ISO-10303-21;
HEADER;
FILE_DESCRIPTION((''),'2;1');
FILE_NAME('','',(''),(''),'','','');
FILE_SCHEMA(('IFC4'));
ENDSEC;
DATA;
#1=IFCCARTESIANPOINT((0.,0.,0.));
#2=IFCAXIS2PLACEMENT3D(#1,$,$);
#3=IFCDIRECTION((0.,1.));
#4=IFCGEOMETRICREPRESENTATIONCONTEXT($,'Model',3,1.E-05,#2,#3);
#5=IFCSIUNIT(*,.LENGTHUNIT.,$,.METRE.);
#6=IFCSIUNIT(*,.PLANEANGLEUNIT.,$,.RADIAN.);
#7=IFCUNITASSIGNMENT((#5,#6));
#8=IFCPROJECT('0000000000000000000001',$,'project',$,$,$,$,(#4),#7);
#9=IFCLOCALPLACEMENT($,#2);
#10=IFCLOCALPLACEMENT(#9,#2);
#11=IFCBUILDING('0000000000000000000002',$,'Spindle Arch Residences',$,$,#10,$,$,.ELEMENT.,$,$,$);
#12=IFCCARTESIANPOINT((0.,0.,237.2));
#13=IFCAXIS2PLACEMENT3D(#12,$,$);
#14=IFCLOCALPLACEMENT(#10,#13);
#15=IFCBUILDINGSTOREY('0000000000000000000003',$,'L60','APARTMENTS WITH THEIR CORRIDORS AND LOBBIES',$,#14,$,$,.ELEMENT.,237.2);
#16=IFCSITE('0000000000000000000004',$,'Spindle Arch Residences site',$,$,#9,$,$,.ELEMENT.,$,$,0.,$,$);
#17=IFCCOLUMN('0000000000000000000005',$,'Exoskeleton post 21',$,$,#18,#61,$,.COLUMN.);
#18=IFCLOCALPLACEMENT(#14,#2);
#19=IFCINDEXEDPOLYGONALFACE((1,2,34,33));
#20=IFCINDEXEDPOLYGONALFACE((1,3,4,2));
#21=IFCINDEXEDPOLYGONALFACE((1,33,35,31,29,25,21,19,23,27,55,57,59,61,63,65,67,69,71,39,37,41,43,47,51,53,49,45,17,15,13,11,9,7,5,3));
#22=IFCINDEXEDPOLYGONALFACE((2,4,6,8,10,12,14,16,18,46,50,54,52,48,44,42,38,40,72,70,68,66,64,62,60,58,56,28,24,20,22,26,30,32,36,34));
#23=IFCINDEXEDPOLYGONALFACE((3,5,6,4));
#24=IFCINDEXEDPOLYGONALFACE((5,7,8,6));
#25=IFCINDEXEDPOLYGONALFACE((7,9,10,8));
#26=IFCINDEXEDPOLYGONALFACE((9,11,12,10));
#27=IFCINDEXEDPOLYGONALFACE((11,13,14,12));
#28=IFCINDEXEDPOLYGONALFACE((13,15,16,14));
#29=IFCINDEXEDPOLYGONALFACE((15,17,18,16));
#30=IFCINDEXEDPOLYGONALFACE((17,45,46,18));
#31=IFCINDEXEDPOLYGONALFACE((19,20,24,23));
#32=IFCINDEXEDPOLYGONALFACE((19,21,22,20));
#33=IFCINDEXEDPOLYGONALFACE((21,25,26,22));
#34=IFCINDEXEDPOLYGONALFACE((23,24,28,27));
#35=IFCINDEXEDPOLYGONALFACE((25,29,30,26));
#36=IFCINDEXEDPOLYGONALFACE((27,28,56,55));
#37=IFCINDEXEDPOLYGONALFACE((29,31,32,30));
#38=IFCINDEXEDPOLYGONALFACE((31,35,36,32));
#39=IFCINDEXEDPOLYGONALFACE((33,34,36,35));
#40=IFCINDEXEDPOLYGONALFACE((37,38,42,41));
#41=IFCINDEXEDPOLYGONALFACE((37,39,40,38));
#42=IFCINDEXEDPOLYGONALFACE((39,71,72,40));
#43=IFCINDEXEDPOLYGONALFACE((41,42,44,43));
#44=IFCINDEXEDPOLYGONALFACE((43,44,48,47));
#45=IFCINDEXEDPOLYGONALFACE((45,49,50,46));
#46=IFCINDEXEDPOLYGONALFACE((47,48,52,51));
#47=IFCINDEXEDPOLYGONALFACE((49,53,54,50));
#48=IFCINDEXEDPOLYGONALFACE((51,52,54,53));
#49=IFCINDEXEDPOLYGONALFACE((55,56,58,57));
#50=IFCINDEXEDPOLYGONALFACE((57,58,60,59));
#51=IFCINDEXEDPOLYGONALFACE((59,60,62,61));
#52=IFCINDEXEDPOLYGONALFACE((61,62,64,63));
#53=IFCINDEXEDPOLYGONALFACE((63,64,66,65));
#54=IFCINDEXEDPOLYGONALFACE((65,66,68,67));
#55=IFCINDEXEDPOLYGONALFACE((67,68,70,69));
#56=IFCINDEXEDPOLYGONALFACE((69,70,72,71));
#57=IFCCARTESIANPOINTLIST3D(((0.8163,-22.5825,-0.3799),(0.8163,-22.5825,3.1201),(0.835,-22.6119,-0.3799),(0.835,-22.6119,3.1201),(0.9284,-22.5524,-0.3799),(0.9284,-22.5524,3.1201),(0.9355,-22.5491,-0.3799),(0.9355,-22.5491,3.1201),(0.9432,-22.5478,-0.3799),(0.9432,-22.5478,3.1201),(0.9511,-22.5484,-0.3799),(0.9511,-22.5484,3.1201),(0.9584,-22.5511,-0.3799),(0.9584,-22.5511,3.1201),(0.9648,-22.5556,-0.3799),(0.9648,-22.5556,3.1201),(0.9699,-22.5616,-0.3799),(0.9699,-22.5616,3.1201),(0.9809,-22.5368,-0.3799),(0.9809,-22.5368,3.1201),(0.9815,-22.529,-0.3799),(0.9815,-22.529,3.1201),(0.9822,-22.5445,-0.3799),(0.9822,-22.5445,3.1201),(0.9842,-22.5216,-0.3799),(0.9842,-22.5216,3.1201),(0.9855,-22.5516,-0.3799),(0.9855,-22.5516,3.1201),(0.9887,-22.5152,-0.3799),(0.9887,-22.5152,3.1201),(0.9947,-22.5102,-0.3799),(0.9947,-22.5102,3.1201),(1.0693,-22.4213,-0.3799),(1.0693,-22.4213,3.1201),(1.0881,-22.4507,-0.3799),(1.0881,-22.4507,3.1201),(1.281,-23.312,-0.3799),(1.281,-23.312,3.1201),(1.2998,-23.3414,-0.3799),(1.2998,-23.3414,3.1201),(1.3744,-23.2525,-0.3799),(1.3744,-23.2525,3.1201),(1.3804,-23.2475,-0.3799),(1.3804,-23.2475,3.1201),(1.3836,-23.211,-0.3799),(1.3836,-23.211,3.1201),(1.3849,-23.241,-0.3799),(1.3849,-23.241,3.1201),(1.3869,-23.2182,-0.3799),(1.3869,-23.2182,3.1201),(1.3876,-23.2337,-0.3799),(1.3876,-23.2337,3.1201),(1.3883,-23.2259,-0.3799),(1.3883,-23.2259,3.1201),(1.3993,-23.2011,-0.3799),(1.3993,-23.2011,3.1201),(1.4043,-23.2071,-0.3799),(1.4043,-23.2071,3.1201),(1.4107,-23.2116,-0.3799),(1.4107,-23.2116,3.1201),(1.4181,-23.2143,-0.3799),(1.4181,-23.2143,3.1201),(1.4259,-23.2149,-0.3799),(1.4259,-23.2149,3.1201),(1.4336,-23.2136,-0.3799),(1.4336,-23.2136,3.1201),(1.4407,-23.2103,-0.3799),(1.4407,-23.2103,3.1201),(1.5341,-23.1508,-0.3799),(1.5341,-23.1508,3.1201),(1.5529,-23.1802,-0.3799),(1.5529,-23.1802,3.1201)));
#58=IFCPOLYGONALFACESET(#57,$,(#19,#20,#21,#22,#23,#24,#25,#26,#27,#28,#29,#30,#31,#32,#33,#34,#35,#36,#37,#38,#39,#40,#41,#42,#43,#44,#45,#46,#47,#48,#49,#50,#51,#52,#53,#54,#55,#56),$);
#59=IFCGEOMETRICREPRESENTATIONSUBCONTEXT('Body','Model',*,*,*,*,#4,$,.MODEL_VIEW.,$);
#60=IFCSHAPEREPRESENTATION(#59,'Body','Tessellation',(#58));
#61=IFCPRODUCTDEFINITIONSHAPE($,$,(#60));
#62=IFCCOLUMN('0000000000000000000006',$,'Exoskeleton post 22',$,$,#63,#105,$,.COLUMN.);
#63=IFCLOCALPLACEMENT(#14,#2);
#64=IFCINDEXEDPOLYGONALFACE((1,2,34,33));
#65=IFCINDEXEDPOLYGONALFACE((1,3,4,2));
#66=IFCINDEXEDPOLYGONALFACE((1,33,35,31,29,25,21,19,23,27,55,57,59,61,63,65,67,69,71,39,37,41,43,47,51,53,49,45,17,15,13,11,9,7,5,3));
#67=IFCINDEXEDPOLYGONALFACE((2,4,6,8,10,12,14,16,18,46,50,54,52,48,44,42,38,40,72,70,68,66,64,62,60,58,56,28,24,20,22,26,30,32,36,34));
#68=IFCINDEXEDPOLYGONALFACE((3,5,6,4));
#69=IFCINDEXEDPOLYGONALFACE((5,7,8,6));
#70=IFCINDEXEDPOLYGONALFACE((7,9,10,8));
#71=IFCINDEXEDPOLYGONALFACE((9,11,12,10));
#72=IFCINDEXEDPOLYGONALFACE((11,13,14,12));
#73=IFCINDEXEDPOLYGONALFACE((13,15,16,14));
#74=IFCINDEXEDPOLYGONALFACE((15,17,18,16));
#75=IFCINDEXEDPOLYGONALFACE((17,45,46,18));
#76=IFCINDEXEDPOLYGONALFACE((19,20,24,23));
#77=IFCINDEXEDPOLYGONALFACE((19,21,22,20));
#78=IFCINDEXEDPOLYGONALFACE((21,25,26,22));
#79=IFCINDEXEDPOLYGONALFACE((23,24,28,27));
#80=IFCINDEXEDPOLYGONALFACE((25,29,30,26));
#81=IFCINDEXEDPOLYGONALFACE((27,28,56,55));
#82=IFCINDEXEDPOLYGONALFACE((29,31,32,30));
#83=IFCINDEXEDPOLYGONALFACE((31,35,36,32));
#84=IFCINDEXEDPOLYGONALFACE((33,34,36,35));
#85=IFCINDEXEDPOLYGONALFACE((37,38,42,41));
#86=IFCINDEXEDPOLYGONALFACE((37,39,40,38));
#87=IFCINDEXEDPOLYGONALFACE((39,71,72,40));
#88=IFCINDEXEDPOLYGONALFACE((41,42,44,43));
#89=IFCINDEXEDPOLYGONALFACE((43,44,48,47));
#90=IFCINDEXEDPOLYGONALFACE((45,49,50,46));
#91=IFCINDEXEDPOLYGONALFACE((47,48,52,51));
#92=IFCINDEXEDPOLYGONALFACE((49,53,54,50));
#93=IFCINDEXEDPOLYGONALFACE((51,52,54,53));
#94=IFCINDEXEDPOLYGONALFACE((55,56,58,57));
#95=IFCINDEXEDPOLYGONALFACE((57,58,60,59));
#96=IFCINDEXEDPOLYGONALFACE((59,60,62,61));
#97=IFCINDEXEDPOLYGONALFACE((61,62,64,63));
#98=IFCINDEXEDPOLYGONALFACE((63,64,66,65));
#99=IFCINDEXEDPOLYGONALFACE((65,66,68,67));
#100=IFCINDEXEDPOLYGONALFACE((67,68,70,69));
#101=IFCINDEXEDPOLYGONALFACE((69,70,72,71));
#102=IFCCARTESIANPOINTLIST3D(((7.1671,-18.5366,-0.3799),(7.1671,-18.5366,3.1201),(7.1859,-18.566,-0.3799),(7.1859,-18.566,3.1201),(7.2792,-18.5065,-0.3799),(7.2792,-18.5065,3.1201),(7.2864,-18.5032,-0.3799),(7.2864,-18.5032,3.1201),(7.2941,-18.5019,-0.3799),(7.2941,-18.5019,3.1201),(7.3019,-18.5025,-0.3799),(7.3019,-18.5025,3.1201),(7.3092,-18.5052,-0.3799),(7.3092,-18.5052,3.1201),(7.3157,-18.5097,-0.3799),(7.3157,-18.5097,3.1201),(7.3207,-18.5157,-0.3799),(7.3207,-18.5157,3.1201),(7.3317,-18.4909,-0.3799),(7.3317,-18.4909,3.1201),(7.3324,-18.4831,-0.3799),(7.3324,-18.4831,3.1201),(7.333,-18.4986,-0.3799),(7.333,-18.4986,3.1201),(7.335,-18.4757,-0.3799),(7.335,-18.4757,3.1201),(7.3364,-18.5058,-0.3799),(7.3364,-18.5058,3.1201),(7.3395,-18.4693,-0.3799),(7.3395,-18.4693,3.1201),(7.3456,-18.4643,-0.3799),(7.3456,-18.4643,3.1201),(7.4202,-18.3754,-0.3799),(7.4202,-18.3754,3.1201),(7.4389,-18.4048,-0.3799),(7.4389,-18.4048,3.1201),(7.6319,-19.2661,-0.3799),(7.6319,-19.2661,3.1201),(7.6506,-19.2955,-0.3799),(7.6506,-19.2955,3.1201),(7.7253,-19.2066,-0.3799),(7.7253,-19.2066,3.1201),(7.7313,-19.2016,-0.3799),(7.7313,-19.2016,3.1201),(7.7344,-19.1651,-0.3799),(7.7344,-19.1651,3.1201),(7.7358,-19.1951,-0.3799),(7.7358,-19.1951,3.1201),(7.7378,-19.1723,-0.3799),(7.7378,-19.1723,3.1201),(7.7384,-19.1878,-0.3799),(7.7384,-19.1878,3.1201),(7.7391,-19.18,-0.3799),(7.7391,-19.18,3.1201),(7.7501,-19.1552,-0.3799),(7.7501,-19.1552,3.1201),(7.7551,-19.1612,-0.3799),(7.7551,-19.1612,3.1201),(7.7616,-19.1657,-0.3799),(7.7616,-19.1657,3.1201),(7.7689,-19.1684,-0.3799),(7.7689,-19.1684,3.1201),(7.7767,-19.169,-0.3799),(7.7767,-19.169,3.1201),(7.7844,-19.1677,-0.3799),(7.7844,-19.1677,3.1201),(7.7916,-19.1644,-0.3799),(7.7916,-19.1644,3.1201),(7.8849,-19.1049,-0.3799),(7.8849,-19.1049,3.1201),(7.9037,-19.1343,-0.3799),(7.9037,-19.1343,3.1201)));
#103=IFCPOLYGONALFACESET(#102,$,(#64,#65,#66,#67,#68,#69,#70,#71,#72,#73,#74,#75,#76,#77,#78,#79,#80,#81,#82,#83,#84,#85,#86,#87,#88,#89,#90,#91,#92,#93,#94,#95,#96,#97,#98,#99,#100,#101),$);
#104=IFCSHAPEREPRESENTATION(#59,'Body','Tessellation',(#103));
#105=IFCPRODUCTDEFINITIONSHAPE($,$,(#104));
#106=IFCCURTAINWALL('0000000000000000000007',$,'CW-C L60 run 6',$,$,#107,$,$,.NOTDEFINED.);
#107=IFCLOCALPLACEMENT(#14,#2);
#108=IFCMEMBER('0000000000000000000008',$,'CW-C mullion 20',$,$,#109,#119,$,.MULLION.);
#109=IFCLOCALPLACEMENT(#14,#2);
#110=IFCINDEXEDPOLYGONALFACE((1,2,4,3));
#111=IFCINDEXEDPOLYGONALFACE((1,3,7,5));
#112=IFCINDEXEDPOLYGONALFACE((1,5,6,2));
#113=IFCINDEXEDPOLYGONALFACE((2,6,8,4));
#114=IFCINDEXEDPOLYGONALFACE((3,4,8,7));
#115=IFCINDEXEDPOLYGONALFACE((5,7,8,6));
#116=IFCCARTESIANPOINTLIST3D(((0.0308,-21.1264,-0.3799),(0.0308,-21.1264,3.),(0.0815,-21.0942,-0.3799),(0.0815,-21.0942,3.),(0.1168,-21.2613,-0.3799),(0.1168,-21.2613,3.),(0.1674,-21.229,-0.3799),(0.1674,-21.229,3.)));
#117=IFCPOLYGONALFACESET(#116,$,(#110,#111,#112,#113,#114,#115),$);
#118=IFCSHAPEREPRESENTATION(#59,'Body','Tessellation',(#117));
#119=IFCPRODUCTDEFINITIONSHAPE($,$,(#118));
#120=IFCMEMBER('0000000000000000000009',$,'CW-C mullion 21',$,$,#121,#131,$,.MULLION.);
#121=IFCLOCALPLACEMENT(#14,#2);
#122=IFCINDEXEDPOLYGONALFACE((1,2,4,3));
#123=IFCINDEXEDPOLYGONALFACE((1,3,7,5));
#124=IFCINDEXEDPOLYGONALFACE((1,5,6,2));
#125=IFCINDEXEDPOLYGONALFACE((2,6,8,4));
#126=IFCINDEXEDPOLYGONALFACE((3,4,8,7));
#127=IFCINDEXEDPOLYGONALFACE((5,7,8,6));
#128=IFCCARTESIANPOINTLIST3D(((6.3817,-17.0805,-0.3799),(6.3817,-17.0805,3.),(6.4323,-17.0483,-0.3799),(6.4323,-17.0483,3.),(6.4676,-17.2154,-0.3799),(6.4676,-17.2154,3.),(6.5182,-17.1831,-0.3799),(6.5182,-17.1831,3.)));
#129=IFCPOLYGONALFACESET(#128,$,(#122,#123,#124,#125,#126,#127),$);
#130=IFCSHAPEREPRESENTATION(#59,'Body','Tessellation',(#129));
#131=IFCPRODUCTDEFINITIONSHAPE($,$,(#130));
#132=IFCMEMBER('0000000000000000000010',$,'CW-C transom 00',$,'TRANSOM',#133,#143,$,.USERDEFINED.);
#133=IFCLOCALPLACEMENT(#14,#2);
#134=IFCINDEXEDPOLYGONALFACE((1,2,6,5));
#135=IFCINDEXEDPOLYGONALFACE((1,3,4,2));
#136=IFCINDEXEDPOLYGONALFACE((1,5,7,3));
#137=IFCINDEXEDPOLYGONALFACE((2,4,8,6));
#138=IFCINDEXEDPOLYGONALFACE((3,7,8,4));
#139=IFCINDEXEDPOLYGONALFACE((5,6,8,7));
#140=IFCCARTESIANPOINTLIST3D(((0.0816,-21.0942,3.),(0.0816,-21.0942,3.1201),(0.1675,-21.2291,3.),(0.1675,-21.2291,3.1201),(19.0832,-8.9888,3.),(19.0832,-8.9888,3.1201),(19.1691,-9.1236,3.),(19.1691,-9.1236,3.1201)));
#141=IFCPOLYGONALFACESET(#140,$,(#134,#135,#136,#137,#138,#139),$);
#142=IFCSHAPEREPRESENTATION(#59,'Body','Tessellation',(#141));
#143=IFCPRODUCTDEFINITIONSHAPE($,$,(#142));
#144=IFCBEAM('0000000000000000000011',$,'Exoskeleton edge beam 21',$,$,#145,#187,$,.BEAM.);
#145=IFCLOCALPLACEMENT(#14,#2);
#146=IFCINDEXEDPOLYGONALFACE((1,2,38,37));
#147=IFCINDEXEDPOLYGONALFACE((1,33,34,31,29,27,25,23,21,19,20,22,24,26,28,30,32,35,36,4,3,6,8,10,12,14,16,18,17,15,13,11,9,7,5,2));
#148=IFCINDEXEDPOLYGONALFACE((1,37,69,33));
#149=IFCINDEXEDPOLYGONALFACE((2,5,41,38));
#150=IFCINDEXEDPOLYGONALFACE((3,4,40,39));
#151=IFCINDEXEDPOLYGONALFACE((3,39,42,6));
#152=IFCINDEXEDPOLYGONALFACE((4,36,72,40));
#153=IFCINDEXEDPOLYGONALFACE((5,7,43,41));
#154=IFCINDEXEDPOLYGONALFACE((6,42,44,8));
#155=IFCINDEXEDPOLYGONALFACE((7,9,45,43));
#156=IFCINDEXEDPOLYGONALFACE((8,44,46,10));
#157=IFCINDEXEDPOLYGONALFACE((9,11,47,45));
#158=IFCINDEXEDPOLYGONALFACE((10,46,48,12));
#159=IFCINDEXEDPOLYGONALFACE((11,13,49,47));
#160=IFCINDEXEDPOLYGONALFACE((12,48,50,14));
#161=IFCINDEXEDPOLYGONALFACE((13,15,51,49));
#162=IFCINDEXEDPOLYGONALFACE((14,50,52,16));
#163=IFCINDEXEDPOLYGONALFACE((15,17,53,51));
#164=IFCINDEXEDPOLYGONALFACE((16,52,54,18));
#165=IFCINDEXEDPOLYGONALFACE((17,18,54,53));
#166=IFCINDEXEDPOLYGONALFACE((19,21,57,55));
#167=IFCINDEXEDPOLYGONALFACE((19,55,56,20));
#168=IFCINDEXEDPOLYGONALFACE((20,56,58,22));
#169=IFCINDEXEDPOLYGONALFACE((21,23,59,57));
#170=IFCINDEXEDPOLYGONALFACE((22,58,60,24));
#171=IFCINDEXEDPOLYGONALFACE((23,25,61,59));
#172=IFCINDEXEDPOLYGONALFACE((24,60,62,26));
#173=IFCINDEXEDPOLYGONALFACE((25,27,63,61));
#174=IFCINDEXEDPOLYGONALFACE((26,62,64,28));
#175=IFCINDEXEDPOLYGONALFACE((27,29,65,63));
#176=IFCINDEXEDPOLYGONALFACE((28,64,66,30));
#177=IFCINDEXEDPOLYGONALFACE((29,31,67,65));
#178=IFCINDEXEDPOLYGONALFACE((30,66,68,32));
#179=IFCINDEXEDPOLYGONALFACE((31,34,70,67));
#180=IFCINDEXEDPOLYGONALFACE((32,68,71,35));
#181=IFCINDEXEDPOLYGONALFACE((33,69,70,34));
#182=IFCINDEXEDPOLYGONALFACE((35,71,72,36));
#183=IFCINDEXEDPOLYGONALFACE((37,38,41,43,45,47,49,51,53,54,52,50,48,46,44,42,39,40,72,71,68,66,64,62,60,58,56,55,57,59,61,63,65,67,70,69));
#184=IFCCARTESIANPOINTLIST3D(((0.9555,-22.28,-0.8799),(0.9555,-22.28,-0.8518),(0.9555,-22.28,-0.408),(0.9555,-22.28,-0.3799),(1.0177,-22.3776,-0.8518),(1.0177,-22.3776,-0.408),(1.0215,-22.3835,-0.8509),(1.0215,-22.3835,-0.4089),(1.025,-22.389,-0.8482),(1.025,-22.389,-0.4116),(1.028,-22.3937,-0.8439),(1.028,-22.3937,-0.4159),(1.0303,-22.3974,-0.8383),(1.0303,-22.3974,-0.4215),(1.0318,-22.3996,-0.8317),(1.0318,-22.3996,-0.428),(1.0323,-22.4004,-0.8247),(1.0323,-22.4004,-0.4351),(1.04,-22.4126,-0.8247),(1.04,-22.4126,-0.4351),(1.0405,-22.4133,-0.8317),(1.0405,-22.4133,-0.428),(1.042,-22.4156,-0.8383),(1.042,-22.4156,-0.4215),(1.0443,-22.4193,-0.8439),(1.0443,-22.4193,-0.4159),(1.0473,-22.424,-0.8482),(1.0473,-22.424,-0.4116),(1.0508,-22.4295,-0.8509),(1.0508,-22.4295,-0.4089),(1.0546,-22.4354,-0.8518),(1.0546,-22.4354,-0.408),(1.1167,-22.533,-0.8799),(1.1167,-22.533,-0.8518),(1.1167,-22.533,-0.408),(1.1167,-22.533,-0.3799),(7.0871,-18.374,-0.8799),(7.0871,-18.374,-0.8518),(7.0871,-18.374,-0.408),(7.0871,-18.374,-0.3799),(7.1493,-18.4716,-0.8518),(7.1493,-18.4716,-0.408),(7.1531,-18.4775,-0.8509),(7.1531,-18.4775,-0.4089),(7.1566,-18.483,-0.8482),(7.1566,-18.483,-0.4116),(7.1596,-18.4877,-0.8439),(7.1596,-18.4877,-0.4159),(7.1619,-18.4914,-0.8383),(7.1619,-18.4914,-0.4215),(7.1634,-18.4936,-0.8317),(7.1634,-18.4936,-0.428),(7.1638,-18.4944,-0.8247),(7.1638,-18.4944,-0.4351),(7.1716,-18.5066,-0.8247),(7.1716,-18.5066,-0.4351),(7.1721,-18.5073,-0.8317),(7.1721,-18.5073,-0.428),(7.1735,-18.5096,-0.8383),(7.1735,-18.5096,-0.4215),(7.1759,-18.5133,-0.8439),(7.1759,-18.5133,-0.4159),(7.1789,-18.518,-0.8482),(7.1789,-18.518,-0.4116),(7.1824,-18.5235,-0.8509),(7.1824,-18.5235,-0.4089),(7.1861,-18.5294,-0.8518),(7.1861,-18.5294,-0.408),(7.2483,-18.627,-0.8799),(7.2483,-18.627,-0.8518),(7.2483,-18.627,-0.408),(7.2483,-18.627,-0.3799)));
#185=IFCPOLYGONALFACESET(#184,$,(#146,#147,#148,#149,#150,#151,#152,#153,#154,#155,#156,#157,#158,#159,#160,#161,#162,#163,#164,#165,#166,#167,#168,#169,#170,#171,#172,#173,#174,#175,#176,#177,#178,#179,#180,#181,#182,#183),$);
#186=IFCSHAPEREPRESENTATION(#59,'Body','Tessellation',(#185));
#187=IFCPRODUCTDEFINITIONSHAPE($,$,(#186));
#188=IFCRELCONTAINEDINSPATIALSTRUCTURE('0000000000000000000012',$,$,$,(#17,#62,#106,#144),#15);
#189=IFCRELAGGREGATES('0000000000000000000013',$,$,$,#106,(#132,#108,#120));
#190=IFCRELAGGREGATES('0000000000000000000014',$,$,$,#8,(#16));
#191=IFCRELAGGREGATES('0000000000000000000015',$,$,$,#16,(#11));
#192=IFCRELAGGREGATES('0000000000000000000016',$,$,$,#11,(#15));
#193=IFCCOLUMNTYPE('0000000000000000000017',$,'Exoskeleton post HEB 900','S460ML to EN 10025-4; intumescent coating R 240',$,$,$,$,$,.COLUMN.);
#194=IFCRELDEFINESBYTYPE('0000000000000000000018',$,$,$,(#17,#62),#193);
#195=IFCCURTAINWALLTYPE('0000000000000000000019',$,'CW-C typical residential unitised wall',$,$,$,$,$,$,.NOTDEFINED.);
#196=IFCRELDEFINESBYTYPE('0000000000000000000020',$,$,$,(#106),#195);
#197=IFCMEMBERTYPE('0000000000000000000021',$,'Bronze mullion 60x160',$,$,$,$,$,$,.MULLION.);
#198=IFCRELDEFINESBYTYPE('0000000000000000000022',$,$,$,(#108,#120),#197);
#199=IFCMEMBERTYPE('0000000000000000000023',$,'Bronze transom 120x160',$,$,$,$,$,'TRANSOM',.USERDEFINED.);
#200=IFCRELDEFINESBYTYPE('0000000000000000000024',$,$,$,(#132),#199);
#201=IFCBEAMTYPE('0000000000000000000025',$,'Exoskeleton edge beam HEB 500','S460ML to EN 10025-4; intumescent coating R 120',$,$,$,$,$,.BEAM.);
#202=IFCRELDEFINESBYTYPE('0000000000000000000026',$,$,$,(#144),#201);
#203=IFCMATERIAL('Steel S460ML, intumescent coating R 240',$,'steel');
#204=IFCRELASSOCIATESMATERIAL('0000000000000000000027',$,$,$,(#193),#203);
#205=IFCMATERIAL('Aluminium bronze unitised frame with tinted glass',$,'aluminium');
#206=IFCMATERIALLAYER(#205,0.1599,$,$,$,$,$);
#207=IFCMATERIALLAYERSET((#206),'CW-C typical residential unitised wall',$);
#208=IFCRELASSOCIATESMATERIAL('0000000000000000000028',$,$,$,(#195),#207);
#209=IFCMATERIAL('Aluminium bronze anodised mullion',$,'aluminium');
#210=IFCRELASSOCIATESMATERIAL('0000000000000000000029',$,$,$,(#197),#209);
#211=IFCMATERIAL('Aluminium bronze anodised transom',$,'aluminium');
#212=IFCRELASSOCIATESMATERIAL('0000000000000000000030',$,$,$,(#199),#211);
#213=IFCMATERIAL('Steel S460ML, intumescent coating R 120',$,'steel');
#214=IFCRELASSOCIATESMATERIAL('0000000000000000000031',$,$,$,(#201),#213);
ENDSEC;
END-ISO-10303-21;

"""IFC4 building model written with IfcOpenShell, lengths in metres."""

from ifc_helpers import new_model, si_unit, direction, frame, origin, origin_2d, place, context, subcontext, project, spatial, rectangle, i_section, extrude, material, layer, layer_set, material_profile, profile_set, type_object, element, aggregate, save


model = new_model("IFC4")

# Units and contexts
model_context = context("Model", 3, precision=1e-05, world=origin(), true_north=direction((0.0, 1.0)))
body_context = subcontext(model_context, "Body", "Model", "MODEL_VIEW")
ifc_project = project(units=[si_unit("LENGTHUNIT", "METRE"), si_unit("PLANEANGLEUNIT", "RADIAN")], contexts=[model_context])

# Site, building, storey
site_placement = place(None, origin())
site = spatial("IfcSite", under=ifc_project, at=site_placement, Name="Spindle Arch Residences site", CompositionType="ELEMENT", RefElevation=0.0)
building_placement = place(site_placement, origin())
building = spatial("IfcBuilding", under=site, at=building_placement, Name="Spindle Arch Residences", CompositionType="ELEMENT")
storey_placement = place(building_placement, frame((0.0, 0.0, 237.2)))
storey = spatial("IfcBuildingStorey", under=building, at=storey_placement, Name="L60", Description="APARTMENTS WITH THEIR CORRIDORS AND LOBBIES", CompositionType="ELEMENT", Elevation=237.2)

# Columns
ifc_material_1 = material(Name="Steel S460ML, intumescent coating R 240", Category="steel")
ifc_material_profile_1 = material_profile(ifc_material_1, i_section(OverallWidth=0.3, OverallDepth=0.8999, WebThickness=0.0186, FlangeThickness=0.0349, FilletRadius=0.03, at=origin_2d()), Name="HEB 900")
ifc_profile_set_1 = profile_set([ifc_material_profile_1], Name="Steel S460ML, intumescent coating R 240")
column_type = type_object("IfcColumnType", Name="Exoskeleton post HEB 900", Description="S460ML to EN 10025-4; intumescent coating R 240", PredefinedType="COLUMN", material=ifc_profile_set_1)
for number, where, z_axis, x_axis, name in (
    (1, (1.1846, -22.8813, -0.3799), (0.0, 0.0, 1.0), (-0.843391, -0.5373, 0.0), "Exoskeleton post 21"),
    (2, (7.5354, -18.8354, -0.3799), (0.0, 0.0, 1.0), (-0.843391, -0.5373, 0.0), "Exoskeleton post 22"),
):
    element("IfcColumn", number, at=place(storey_placement, frame(where, z_axis=z_axis, x_axis=x_axis)), inside=storey, type_object=column_type, Name=name, PredefinedType="COLUMN", context=body_context, shape_type="SweptSolid", body=[
        extrude(i_section(OverallWidth=0.3, OverallDepth=0.8999, WebThickness=0.0186, FlangeThickness=0.0349, FilletRadius=0.03, at=origin_2d()), origin(), (0.0, 0.0, 1.0), 3.5),
    ])

# Curtain wall, members
ifc_material_2 = material(Name="Aluminium bronze unitised frame with tinted glass", Category="aluminium")
ifc_layer_1 = layer(ifc_material_2, 0.1599)
ifc_layer_set_1 = layer_set([ifc_layer_1], Name="CW-C typical residential unitised wall")
curtain_wall_type = type_object("IfcCurtainWallType", Name="CW-C typical residential unitised wall", PredefinedType="NOTDEFINED", material=ifc_layer_set_1)
curtain_wall_placement = place(storey_placement, origin())
curtain_wall = element("IfcCurtainWall", 3, at=curtain_wall_placement, inside=storey, type_object=curtain_wall_type, Name="CW-C L60 run 6", PredefinedType="NOTDEFINED")
ifc_material_3 = material(Name="Aluminium bronze anodised mullion", Category="aluminium")
ifc_material_profile_2 = material_profile(ifc_material_3, rectangle(XDim=0.1599, YDim=0.0601, at=origin_2d()), Name="MU 60x160")
ifc_profile_set_2 = profile_set([ifc_material_profile_2], Name="Aluminium bronze anodised mullion")
member_type_1 = type_object("IfcMemberType", Name="Bronze mullion 60x160", PredefinedType="MULLION", material=ifc_profile_set_2)
member_1_placement = place(storey_placement, frame((0.0991, -21.1777, -0.3799), z_axis=(0.0, 0.0, 1.0), x_axis=(-0.5373, 0.843391, 0.0)))
member_1 = element("IfcMember", 4, at=member_1_placement, type_object=member_type_1, Name="CW-C mullion 20", PredefinedType="MULLION", context=body_context, shape_type="SweptSolid", body=[
    extrude(rectangle(XDim=0.1599, YDim=0.0601, at=origin_2d()), origin(), (0.0, 0.0, 1.0), 3.3799),
])
member_2_placement = place(storey_placement, frame((6.45, -17.1318, -0.3799), z_axis=(0.0, 0.0, 1.0), x_axis=(-0.5373, 0.843391, 0.0)))
member_2 = element("IfcMember", 5, at=member_2_placement, type_object=member_type_1, Name="CW-C mullion 21", PredefinedType="MULLION", context=body_context, shape_type="SweptSolid", body=[
    extrude(rectangle(XDim=0.1599, YDim=0.0601, at=origin_2d()), origin(), (0.0, 0.0, 1.0), 3.3799),
])
ifc_material_4 = material(Name="Aluminium bronze anodised transom", Category="aluminium")
ifc_material_profile_3 = material_profile(ifc_material_4, rectangle(XDim=0.1599, YDim=0.1201, at=origin_2d()), Name="TR 120x160")
ifc_profile_set_3 = profile_set([ifc_material_profile_3], Name="Aluminium bronze anodised transom")
member_type_2 = type_object("IfcMemberType", Name="Bronze transom 120x160", ElementType="TRANSOM", PredefinedType="USERDEFINED", material=ifc_profile_set_3)
member_3_placement = place(storey_placement, frame((0.1245, -21.1616, 3.0601), z_axis=(0.843391, 0.537301, 0.0), x_axis=(-0.537301, 0.843391, 0.0)))
member_3 = element("IfcMember", 6, at=member_3_placement, type_object=member_type_2, Name="CW-C transom 00", ObjectType="TRANSOM", PredefinedType="USERDEFINED", context=body_context, shape_type="SweptSolid", body=[
    extrude(rectangle(XDim=0.1599, YDim=0.1201, at=origin_2d()), origin(), (0.0, 0.0, 1.0), 22.53),
])

# Beam
ifc_material_5 = material(Name="Steel S460ML, intumescent coating R 120", Category="steel")
ifc_material_profile_4 = material_profile(ifc_material_5, i_section(OverallWidth=0.3, OverallDepth=0.5, WebThickness=0.0144, FlangeThickness=0.0281, FilletRadius=0.0271, at=origin_2d()), Name="HEB 500")
ifc_profile_set_4 = profile_set([ifc_material_profile_4], Name="Steel S460ML, intumescent coating R 120")
beam_type_1 = type_object("IfcBeamType", Name="Exoskeleton edge beam HEB 500", Description="S460ML to EN 10025-4; intumescent coating R 120", PredefinedType="BEAM", material=ifc_profile_set_4)
for number, where, z_axis, x_axis, name in (
    (7, (1.0361, -22.4065, -0.6299), (0.843407, 0.537275, 0.0), (-0.537275, 0.843407, 0.0), "Exoskeleton edge beam 21"),
):
    element("IfcBeam", number, at=place(storey_placement, frame(where, z_axis=z_axis, x_axis=x_axis)), inside=storey, type_object=beam_type_1, Name=name, PredefinedType="BEAM", context=body_context, shape_type="SweptSolid", body=[
        extrude(i_section(OverallWidth=0.3, OverallDepth=0.5, WebThickness=0.0144, FlangeThickness=0.0281, FilletRadius=0.0271, at=origin_2d()), origin(), (0.0, 0.0, 1.0), 7.27),
    ])

aggregate(curtain_wall, [member_3, member_1, member_2])

save(model, "model.ifc")
